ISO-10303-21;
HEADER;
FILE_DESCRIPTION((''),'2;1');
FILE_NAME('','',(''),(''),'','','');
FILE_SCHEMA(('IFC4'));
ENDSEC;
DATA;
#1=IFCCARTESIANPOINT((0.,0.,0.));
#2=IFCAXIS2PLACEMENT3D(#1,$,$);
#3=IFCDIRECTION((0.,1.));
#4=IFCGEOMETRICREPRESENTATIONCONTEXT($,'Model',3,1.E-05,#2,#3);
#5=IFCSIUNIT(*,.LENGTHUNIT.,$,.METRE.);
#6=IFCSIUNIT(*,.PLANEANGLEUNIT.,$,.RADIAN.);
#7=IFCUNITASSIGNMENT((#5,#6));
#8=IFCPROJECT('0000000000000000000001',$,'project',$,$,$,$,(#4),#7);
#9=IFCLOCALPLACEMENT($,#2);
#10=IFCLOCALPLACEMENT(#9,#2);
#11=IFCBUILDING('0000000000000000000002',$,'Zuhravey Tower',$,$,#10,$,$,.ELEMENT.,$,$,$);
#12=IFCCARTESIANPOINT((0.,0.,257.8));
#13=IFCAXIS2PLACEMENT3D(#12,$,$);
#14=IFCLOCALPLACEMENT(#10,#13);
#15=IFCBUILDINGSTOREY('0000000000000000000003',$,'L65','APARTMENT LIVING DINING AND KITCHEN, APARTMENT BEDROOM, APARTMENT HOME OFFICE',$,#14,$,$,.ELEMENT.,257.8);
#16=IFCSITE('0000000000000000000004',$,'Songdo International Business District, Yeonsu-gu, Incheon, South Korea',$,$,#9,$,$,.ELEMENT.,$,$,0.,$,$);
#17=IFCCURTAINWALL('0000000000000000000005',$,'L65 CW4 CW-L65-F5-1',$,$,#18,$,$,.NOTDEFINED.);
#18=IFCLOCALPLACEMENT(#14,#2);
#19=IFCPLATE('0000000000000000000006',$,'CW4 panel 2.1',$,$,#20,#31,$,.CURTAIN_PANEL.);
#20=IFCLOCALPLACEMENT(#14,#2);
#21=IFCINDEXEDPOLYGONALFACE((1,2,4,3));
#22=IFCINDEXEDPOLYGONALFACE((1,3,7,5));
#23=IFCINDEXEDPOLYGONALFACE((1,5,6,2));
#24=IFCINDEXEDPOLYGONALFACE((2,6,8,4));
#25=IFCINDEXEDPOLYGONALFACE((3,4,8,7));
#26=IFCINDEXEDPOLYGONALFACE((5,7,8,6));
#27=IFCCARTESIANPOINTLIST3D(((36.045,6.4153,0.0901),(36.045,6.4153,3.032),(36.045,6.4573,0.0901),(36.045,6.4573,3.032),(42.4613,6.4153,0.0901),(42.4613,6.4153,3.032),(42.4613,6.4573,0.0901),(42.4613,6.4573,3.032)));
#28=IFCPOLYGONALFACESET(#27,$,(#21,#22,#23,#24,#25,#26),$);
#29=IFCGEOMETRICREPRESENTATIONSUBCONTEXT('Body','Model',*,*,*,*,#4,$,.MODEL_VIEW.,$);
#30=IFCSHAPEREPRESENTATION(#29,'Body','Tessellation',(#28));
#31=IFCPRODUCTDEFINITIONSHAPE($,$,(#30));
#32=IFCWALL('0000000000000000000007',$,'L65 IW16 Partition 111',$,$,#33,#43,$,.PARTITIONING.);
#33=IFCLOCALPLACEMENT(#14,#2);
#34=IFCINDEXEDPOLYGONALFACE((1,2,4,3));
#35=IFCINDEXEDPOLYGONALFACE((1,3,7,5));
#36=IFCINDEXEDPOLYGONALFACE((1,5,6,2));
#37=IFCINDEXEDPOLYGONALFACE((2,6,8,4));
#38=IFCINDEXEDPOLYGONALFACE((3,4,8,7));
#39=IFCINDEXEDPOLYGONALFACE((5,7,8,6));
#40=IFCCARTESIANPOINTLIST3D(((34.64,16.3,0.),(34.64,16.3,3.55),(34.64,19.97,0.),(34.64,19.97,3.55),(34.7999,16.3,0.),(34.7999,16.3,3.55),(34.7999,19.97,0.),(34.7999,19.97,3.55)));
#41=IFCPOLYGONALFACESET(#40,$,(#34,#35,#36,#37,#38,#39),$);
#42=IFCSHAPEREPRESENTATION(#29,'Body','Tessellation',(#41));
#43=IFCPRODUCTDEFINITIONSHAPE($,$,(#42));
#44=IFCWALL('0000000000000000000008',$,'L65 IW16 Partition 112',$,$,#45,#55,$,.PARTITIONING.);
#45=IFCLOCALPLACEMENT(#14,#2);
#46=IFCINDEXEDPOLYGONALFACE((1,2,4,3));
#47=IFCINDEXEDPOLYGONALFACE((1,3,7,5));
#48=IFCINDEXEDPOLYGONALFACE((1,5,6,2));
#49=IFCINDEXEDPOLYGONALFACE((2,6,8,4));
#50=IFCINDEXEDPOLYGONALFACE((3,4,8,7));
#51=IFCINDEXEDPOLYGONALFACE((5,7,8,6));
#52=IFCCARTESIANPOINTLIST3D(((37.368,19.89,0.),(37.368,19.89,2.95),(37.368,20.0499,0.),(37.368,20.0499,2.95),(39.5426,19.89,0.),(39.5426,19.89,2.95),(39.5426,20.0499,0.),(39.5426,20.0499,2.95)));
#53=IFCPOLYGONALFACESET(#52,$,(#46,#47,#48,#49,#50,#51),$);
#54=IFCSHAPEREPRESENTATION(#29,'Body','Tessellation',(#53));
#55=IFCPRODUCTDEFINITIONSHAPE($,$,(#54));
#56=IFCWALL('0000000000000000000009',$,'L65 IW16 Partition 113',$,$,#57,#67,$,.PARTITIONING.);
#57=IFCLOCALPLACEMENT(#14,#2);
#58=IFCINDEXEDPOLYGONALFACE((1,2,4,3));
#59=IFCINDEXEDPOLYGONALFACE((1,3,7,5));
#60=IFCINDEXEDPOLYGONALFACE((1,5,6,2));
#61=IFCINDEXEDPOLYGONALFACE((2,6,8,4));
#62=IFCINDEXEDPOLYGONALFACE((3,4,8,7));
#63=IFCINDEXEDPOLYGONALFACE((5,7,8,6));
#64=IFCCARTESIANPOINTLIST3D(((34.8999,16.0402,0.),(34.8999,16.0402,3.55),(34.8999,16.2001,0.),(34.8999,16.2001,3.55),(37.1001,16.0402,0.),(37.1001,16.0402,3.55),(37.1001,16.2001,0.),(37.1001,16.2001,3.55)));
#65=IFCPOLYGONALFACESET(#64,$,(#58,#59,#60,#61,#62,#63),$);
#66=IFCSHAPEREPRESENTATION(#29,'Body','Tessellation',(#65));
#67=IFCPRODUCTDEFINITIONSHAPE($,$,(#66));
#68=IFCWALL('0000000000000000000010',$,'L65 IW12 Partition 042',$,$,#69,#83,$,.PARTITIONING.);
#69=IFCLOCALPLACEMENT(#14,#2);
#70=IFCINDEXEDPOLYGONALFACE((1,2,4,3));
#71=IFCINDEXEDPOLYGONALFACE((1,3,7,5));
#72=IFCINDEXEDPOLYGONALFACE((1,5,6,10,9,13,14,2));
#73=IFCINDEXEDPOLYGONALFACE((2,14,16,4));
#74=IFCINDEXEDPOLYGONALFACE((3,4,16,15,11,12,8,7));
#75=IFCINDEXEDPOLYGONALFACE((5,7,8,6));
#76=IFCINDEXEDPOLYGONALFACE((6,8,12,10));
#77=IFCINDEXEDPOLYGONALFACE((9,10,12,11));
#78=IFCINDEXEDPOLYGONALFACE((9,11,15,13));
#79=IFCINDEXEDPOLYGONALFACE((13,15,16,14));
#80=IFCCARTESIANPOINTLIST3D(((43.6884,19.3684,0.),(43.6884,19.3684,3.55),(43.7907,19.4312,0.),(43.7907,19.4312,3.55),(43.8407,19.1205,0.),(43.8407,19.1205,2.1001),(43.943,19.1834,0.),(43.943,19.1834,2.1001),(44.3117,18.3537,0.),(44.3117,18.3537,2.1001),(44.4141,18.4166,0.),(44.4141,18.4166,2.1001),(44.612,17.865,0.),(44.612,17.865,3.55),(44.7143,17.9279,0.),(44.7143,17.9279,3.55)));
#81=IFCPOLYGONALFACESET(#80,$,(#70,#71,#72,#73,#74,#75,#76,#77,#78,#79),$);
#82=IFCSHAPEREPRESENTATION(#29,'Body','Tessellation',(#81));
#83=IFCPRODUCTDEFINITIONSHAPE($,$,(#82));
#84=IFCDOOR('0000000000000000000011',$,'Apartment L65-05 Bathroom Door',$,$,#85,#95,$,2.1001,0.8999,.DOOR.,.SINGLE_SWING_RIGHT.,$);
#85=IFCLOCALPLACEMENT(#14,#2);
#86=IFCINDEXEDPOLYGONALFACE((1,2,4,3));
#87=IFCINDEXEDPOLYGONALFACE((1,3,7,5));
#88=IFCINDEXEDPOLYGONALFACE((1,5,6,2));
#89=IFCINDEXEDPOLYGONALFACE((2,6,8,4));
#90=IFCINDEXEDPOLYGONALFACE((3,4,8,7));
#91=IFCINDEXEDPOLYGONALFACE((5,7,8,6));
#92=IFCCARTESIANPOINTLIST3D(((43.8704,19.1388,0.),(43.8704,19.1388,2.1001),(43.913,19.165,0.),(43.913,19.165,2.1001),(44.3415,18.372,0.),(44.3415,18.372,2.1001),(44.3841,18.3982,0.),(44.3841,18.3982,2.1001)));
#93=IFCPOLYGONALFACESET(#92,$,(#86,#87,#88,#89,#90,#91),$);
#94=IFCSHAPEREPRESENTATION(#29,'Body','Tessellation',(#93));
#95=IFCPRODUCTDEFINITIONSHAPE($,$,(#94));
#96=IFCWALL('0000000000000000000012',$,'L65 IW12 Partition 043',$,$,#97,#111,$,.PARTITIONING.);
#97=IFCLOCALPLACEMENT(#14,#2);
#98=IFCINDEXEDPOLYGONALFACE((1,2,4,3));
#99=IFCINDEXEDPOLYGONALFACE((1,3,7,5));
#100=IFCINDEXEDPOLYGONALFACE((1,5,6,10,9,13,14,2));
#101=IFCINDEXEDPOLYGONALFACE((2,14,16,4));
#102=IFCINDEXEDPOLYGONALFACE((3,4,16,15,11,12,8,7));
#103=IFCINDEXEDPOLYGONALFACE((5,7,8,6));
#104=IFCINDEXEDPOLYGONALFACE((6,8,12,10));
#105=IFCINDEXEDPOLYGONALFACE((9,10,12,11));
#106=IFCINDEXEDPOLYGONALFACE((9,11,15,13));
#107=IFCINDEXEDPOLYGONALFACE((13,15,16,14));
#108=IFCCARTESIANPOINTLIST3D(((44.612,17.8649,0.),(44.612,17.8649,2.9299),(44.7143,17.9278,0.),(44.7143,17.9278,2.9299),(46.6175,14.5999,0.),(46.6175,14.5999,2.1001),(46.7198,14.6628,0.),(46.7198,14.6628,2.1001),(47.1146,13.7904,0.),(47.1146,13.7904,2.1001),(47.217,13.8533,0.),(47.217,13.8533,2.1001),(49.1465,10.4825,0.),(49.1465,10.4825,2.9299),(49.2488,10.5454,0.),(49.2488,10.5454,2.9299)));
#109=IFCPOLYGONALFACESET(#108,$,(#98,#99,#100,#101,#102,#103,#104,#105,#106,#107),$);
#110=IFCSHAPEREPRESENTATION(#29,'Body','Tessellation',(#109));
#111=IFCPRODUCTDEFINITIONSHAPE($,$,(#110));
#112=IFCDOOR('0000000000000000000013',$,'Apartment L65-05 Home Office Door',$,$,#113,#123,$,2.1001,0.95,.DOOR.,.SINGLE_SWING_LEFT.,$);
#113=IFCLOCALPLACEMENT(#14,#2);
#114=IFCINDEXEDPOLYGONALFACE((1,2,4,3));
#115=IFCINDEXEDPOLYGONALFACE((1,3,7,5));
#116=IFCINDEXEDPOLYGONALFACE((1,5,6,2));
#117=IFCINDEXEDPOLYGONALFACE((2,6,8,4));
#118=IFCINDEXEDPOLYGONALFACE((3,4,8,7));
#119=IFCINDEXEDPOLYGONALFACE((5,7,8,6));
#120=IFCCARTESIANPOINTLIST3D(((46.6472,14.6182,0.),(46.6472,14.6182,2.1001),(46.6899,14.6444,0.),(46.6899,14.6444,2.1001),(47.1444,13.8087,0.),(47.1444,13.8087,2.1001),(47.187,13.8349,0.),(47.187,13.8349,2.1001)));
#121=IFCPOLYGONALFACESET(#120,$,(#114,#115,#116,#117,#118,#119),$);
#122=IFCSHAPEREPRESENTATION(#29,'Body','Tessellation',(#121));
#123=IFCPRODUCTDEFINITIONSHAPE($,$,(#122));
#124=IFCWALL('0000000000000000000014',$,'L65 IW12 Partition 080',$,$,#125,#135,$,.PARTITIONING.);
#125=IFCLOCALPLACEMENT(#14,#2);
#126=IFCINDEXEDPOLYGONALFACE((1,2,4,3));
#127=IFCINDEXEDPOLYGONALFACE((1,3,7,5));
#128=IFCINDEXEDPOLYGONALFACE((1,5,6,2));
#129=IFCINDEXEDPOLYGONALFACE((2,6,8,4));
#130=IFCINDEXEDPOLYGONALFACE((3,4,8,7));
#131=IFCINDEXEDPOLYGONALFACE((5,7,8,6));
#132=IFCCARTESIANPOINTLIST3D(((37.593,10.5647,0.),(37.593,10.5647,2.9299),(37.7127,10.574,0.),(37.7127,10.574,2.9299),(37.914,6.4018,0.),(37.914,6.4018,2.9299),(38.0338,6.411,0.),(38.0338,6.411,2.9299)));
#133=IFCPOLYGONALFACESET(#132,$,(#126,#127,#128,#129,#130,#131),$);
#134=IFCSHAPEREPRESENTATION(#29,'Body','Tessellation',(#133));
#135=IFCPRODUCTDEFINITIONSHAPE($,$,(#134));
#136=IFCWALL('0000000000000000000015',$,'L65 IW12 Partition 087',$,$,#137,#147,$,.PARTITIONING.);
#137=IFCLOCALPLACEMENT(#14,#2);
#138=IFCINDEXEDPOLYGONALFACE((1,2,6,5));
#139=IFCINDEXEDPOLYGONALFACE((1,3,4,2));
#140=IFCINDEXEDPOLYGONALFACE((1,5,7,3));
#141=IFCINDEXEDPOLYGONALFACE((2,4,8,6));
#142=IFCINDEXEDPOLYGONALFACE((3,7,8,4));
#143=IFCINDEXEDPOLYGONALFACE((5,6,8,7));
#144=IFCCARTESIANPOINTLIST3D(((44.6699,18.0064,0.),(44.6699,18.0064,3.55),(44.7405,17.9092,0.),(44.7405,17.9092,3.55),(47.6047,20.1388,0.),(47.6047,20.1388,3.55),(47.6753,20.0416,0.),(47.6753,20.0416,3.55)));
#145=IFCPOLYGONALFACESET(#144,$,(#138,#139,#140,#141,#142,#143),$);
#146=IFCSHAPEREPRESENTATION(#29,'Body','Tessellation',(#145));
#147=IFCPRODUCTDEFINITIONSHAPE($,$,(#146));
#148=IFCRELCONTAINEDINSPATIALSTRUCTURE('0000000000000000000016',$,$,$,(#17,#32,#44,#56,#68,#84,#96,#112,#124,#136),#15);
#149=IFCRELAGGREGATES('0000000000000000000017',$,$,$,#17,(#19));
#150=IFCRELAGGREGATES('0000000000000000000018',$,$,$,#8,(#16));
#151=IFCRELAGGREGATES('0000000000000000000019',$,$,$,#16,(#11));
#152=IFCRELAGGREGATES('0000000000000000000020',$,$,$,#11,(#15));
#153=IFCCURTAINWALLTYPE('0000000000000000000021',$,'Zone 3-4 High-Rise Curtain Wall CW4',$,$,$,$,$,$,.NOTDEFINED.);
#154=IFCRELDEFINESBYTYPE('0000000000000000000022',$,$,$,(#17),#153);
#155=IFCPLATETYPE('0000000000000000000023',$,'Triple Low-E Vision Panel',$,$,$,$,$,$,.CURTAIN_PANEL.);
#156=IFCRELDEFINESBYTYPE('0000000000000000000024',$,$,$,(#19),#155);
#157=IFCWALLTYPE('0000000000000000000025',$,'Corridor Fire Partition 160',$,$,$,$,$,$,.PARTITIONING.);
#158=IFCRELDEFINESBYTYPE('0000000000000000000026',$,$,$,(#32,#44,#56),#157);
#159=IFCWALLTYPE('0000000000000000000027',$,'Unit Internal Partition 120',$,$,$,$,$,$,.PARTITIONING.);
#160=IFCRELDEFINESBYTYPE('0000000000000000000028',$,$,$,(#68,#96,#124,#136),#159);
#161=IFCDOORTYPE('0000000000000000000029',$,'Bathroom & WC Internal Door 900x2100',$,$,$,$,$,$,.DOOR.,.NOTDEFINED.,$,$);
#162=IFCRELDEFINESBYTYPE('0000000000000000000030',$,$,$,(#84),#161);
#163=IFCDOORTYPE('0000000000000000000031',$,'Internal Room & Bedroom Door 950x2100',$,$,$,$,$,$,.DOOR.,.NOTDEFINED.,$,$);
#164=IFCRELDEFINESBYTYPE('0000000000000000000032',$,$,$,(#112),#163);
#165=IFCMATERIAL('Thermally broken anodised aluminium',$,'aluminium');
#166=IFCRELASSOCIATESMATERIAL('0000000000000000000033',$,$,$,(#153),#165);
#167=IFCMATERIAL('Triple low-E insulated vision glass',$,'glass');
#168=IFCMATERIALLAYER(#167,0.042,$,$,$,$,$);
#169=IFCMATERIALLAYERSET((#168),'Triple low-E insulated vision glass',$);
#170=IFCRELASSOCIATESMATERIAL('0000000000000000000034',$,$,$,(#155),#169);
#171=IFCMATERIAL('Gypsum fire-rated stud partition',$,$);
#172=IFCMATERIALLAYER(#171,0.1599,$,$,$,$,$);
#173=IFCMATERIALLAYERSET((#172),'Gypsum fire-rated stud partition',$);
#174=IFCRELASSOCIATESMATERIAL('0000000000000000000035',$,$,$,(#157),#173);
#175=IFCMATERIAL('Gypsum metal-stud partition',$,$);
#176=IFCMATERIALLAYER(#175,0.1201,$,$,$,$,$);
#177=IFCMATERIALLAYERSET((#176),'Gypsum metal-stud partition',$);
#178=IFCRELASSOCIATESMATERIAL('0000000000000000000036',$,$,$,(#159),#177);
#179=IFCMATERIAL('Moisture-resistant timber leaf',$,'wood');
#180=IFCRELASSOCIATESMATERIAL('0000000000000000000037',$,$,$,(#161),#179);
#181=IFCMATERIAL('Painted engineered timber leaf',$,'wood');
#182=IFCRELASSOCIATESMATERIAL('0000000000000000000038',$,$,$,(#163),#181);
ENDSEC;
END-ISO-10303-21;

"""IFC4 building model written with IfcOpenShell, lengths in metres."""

from ifc_helpers import new_model, si_unit, direction, frame, frame_2d, origin, origin_2d, place, context, subcontext, project, spatial, rectangle, extrude, material, layer, layer_set, type_object, element, fill, aggregate, save


model = new_model("IFC4")

# Units and contexts
model_context = context("Model", 3, precision=1e-05, world=origin(), true_north=direction((0.0, 1.0)))
body_context = subcontext(model_context, "Body", "Model", "MODEL_VIEW")
ifc_project = project(units=[si_unit("LENGTHUNIT", "METRE"), si_unit("PLANEANGLEUNIT", "RADIAN")], contexts=[model_context])

# Site, building, storey
site_placement = place(None, origin())
site = spatial("IfcSite", under=ifc_project, at=site_placement, Name="Songdo International Business District, Yeonsu-gu, Incheon, South Korea", CompositionType="ELEMENT", RefElevation=0.0)
building_placement = place(site_placement, origin())
building = spatial("IfcBuilding", under=site, at=building_placement, Name="Zuhravey Tower", CompositionType="ELEMENT")
storey_placement = place(building_placement, frame((0.0, 0.0, 257.8)))
storey = spatial("IfcBuildingStorey", under=building, at=storey_placement, Name="L65", Description="APARTMENT LIVING DINING AND KITCHEN, APARTMENT BEDROOM, APARTMENT HOME OFFICE", CompositionType="ELEMENT", Elevation=257.8)

# Curtain wall
ifc_material_1 = material(Name="Thermally broken anodised aluminium", Category="aluminium")
curtain_wall_type = type_object("IfcCurtainWallType", Name="Zone 3-4 High-Rise Curtain Wall CW4", PredefinedType="NOTDEFINED", material=ifc_material_1)
curtain_wall_placement = place(storey_placement, origin())
curtain_wall = element("IfcCurtainWall", 1, at=curtain_wall_placement, inside=storey, type_object=curtain_wall_type, Name="L65 CW4 CW-L65-F5-1", PredefinedType="NOTDEFINED")

# Plate
ifc_material_2 = material(Name="Triple low-E insulated vision glass", Category="glass")
ifc_layer_1 = layer(ifc_material_2, 0.042)
ifc_layer_set_1 = layer_set([ifc_layer_1], Name="Triple low-E insulated vision glass")
plate_type = type_object("IfcPlateType", Name="Triple Low-E Vision Panel", PredefinedType="CURTAIN_PANEL", material=ifc_layer_set_1)
plate_1_placement = place(storey_placement, frame((39.2532, 6.4363, 0.0901), z_axis=(0.0, 0.0, 1.0), x_axis=(-1.0, 0.0, 0.0)))
plate_1 = element("IfcPlate", 2, at=plate_1_placement, type_object=plate_type, Name="CW4 panel 2.1", PredefinedType="CURTAIN_PANEL", context=body_context, shape_type="SweptSolid", body=[
    extrude(rectangle(XDim=6.4163, YDim=0.042, at=origin_2d()), origin(), (0.0, 0.0, 1.0), 2.9419),
])
aggregate(curtain_wall, [plate_1])

# Shared definitions
ifc_material_3 = material(Name="Gypsum fire-rated stud partition")
ifc_layer_2 = layer(ifc_material_3, 0.1599)
ifc_layer_set_2 = layer_set([ifc_layer_2], Name="Gypsum fire-rated stud partition")
wall_type_1 = type_object("IfcWallType", Name="Corridor Fire Partition 160", PredefinedType="PARTITIONING", material=ifc_layer_set_2)

# Walls
wall_1_placement = place(storey_placement, frame((34.72, 19.97, 0.0), z_axis=(0.0, 0.0, 1.0), x_axis=(0.0, -1.0, 0.0)))
element("IfcWall", 3, at=wall_1_placement, inside=storey, type_object=wall_type_1, Name="L65 IW16 Partition 111", PredefinedType="PARTITIONING", context=body_context, shape_type="SweptSolid", body=[
    extrude(rectangle(XDim=3.6699, YDim=0.1599, at=frame_2d((1.835, 0.0))), origin(), (0.0, 0.0, 1.0), 3.55),
])
wall_2_placement = place(storey_placement, frame((37.3679, 19.97, 0.0), z_axis=(0.0, 0.0, 1.0), x_axis=(1.0, 0.0, 0.0)))
element("IfcWall", 4, at=wall_2_placement, inside=storey, type_object=wall_type_1, Name="L65 IW16 Partition 112", PredefinedType="PARTITIONING", context=body_context, shape_type="SweptSolid", body=[
    extrude(rectangle(XDim=2.1746, YDim=0.1599, at=frame_2d((1.0874, 0.0))), origin(), (0.0, 0.0, 1.0), 2.95),
])
wall_3_placement = place(storey_placement, frame((34.8999, 16.1201, 0.0), z_axis=(0.0, 0.0, 1.0), x_axis=(1.0, 0.0, 0.0)))
element("IfcWall", 5, at=wall_3_placement, inside=storey, type_object=wall_type_1, Name="L65 IW16 Partition 113", PredefinedType="PARTITIONING", context=body_context, shape_type="SweptSolid", body=[
    extrude(rectangle(XDim=2.2002, YDim=0.1599, at=frame_2d((1.1001, 0.0))), origin(), (0.0, 0.0, 1.0), 3.55),
])

# Walls, openings, doors
ifc_material_4 = material(Name="Gypsum metal-stud partition")
ifc_layer_3 = layer(ifc_material_4, 0.1201)
ifc_layer_set_3 = layer_set([ifc_layer_3], Name="Gypsum metal-stud partition")
wall_type_2 = type_object("IfcWallType", Name="Unit Internal Partition 120", PredefinedType="PARTITIONING", material=ifc_layer_set_3)
wall_4_placement = place(storey_placement, frame((43.7395, 19.3999, 0.0), z_axis=(0.0, 0.0, 1.0), x_axis=(0.523441, -0.852062, 0.0)))
wall_4 = element("IfcWall", 6, at=wall_4_placement, inside=storey, type_object=wall_type_2, Name="L65 IW12 Partition 042", PredefinedType="PARTITIONING", context=body_context, shape_type="SweptSolid", body=[
    extrude(rectangle(XDim=1.7644, YDim=0.1201, at=frame_2d((0.8823, 0.0))), origin(), (0.0, 0.0, 1.0), 3.55),
])
opening_1_placement = place(wall_4_placement, frame((0.291, 0.0, 0.0)))
opening_1 = element("IfcOpeningElement", 7, at=opening_1_placement, cuts=wall_4, PredefinedType="OPENING", context=body_context, shape_type="SweptSolid", body=[
    extrude(rectangle(XDim=0.8999, YDim=2.1001, at=frame_2d((0.45, 1.05))), frame((0.0, 0.072, 0.0), z_axis=(0.0, -1.0, 0.0), x_axis=(1.0, 0.0, 0.0)), (0.0, 0.0, 1.0), 0.144),
])
ifc_material_5 = material(Name="Moisture-resistant timber leaf", Category="wood")
door_type_1 = type_object("IfcDoorType", Name="Bathroom & WC Internal Door 900x2100", OperationType="NOTDEFINED", PredefinedType="DOOR", material=ifc_material_5)
door_1_placement = place(opening_1_placement, origin())
door_1 = element("IfcDoor", 8, at=door_1_placement, inside=storey, type_object=door_type_1, Name="Apartment L65-05 Bathroom Door", OperationType="SINGLE_SWING_RIGHT", OverallHeight=2.1001, OverallWidth=0.8999, PredefinedType="DOOR", context=body_context, shape_type="SweptSolid", body=[
    extrude(rectangle(XDim=0.8999, YDim=2.1001, at=frame_2d((0.45, 1.05))), frame((0.0, 0.0249, 0.0), z_axis=(0.0, -1.0, 0.0), x_axis=(1.0, 0.0, 0.0)), (0.0, 0.0, 1.0), 0.05),
])
fill(opening_1, door_1)
wall_5_placement = place(storey_placement, frame((44.6631, 17.8965, 0.0), z_axis=(0.0, 0.0, 1.0), x_axis=(0.523382, -0.852098, 0.0)))
wall_5 = element("IfcWall", 9, at=wall_5_placement, inside=storey, type_object=wall_type_2, Name="L65 IW12 Partition 043", PredefinedType="PARTITIONING", context=body_context, shape_type="SweptSolid", body=[
    extrude(rectangle(XDim=8.6638, YDim=0.1201, at=frame_2d((4.332, 0.0))), origin(), (0.0, 0.0, 1.0), 2.9299),
])
opening_2_placement = place(wall_5_placement, frame((3.8318, 0.0, 0.0)))
opening_2 = element("IfcOpeningElement", 10, at=opening_2_placement, cuts=wall_5, PredefinedType="OPENING", context=body_context, shape_type="SweptSolid", body=[
    extrude(rectangle(XDim=0.95, YDim=2.1001, at=frame_2d((0.4751, 1.05))), frame((0.0, 0.072, 0.0), z_axis=(0.0, -1.0, 0.0), x_axis=(1.0, 0.0, 0.0)), (0.0, 0.0, 1.0), 0.144),
])
ifc_material_6 = material(Name="Painted engineered timber leaf", Category="wood")
door_type_2 = type_object("IfcDoorType", Name="Internal Room & Bedroom Door 950x2100", OperationType="NOTDEFINED", PredefinedType="DOOR", material=ifc_material_6)
door_2_placement = place(opening_2_placement, origin())
door_2 = element("IfcDoor", 11, at=door_2_placement, inside=storey, type_object=door_type_2, Name="Apartment L65-05 Home Office Door", OperationType="SINGLE_SWING_LEFT", OverallHeight=2.1001, OverallWidth=0.95, PredefinedType="DOOR", context=body_context, shape_type="SweptSolid", body=[
    extrude(rectangle(XDim=0.95, YDim=2.1001, at=frame_2d((0.4751, 1.05))), frame((0.0, 0.0249, 0.0), z_axis=(0.0, -1.0, 0.0), x_axis=(1.0, 0.0, 0.0)), (0.0, 0.0, 1.0), 0.05),
])
fill(opening_2, door_2)

# Walls
wall_6_placement = place(storey_placement, frame((37.6528, 10.5693, 0.0), z_axis=(0.0, 0.0, 1.0), x_axis=(0.076893, -0.997039, 0.0)))
element("IfcWall", 12, at=wall_6_placement, inside=storey, type_object=wall_type_2, Name="L65 IW12 Partition 080", PredefinedType="PARTITIONING", context=body_context, shape_type="SweptSolid", body=[
    extrude(rectangle(XDim=4.1753, YDim=0.1201, at=frame_2d((2.0876, 0.0))), origin(), (0.0, 0.0, 1.0), 2.9299),
])
wall_7_placement = place(storey_placement, frame((44.7051, 17.9578, 0.0), z_axis=(0.0, 0.0, 1.0), x_axis=(0.80901, 0.587795, 0.0)))
element("IfcWall", 13, at=wall_7_placement, inside=storey, type_object=wall_type_2, Name="L65 IW12 Partition 087", PredefinedType="PARTITIONING", context=body_context, shape_type="SweptSolid", body=[
    extrude(rectangle(XDim=3.6277, YDim=0.1201, at=frame_2d((1.814, 0.0))), origin(), (0.0, 0.0, 1.0), 3.55),
])

save(model, "model.ifc")
